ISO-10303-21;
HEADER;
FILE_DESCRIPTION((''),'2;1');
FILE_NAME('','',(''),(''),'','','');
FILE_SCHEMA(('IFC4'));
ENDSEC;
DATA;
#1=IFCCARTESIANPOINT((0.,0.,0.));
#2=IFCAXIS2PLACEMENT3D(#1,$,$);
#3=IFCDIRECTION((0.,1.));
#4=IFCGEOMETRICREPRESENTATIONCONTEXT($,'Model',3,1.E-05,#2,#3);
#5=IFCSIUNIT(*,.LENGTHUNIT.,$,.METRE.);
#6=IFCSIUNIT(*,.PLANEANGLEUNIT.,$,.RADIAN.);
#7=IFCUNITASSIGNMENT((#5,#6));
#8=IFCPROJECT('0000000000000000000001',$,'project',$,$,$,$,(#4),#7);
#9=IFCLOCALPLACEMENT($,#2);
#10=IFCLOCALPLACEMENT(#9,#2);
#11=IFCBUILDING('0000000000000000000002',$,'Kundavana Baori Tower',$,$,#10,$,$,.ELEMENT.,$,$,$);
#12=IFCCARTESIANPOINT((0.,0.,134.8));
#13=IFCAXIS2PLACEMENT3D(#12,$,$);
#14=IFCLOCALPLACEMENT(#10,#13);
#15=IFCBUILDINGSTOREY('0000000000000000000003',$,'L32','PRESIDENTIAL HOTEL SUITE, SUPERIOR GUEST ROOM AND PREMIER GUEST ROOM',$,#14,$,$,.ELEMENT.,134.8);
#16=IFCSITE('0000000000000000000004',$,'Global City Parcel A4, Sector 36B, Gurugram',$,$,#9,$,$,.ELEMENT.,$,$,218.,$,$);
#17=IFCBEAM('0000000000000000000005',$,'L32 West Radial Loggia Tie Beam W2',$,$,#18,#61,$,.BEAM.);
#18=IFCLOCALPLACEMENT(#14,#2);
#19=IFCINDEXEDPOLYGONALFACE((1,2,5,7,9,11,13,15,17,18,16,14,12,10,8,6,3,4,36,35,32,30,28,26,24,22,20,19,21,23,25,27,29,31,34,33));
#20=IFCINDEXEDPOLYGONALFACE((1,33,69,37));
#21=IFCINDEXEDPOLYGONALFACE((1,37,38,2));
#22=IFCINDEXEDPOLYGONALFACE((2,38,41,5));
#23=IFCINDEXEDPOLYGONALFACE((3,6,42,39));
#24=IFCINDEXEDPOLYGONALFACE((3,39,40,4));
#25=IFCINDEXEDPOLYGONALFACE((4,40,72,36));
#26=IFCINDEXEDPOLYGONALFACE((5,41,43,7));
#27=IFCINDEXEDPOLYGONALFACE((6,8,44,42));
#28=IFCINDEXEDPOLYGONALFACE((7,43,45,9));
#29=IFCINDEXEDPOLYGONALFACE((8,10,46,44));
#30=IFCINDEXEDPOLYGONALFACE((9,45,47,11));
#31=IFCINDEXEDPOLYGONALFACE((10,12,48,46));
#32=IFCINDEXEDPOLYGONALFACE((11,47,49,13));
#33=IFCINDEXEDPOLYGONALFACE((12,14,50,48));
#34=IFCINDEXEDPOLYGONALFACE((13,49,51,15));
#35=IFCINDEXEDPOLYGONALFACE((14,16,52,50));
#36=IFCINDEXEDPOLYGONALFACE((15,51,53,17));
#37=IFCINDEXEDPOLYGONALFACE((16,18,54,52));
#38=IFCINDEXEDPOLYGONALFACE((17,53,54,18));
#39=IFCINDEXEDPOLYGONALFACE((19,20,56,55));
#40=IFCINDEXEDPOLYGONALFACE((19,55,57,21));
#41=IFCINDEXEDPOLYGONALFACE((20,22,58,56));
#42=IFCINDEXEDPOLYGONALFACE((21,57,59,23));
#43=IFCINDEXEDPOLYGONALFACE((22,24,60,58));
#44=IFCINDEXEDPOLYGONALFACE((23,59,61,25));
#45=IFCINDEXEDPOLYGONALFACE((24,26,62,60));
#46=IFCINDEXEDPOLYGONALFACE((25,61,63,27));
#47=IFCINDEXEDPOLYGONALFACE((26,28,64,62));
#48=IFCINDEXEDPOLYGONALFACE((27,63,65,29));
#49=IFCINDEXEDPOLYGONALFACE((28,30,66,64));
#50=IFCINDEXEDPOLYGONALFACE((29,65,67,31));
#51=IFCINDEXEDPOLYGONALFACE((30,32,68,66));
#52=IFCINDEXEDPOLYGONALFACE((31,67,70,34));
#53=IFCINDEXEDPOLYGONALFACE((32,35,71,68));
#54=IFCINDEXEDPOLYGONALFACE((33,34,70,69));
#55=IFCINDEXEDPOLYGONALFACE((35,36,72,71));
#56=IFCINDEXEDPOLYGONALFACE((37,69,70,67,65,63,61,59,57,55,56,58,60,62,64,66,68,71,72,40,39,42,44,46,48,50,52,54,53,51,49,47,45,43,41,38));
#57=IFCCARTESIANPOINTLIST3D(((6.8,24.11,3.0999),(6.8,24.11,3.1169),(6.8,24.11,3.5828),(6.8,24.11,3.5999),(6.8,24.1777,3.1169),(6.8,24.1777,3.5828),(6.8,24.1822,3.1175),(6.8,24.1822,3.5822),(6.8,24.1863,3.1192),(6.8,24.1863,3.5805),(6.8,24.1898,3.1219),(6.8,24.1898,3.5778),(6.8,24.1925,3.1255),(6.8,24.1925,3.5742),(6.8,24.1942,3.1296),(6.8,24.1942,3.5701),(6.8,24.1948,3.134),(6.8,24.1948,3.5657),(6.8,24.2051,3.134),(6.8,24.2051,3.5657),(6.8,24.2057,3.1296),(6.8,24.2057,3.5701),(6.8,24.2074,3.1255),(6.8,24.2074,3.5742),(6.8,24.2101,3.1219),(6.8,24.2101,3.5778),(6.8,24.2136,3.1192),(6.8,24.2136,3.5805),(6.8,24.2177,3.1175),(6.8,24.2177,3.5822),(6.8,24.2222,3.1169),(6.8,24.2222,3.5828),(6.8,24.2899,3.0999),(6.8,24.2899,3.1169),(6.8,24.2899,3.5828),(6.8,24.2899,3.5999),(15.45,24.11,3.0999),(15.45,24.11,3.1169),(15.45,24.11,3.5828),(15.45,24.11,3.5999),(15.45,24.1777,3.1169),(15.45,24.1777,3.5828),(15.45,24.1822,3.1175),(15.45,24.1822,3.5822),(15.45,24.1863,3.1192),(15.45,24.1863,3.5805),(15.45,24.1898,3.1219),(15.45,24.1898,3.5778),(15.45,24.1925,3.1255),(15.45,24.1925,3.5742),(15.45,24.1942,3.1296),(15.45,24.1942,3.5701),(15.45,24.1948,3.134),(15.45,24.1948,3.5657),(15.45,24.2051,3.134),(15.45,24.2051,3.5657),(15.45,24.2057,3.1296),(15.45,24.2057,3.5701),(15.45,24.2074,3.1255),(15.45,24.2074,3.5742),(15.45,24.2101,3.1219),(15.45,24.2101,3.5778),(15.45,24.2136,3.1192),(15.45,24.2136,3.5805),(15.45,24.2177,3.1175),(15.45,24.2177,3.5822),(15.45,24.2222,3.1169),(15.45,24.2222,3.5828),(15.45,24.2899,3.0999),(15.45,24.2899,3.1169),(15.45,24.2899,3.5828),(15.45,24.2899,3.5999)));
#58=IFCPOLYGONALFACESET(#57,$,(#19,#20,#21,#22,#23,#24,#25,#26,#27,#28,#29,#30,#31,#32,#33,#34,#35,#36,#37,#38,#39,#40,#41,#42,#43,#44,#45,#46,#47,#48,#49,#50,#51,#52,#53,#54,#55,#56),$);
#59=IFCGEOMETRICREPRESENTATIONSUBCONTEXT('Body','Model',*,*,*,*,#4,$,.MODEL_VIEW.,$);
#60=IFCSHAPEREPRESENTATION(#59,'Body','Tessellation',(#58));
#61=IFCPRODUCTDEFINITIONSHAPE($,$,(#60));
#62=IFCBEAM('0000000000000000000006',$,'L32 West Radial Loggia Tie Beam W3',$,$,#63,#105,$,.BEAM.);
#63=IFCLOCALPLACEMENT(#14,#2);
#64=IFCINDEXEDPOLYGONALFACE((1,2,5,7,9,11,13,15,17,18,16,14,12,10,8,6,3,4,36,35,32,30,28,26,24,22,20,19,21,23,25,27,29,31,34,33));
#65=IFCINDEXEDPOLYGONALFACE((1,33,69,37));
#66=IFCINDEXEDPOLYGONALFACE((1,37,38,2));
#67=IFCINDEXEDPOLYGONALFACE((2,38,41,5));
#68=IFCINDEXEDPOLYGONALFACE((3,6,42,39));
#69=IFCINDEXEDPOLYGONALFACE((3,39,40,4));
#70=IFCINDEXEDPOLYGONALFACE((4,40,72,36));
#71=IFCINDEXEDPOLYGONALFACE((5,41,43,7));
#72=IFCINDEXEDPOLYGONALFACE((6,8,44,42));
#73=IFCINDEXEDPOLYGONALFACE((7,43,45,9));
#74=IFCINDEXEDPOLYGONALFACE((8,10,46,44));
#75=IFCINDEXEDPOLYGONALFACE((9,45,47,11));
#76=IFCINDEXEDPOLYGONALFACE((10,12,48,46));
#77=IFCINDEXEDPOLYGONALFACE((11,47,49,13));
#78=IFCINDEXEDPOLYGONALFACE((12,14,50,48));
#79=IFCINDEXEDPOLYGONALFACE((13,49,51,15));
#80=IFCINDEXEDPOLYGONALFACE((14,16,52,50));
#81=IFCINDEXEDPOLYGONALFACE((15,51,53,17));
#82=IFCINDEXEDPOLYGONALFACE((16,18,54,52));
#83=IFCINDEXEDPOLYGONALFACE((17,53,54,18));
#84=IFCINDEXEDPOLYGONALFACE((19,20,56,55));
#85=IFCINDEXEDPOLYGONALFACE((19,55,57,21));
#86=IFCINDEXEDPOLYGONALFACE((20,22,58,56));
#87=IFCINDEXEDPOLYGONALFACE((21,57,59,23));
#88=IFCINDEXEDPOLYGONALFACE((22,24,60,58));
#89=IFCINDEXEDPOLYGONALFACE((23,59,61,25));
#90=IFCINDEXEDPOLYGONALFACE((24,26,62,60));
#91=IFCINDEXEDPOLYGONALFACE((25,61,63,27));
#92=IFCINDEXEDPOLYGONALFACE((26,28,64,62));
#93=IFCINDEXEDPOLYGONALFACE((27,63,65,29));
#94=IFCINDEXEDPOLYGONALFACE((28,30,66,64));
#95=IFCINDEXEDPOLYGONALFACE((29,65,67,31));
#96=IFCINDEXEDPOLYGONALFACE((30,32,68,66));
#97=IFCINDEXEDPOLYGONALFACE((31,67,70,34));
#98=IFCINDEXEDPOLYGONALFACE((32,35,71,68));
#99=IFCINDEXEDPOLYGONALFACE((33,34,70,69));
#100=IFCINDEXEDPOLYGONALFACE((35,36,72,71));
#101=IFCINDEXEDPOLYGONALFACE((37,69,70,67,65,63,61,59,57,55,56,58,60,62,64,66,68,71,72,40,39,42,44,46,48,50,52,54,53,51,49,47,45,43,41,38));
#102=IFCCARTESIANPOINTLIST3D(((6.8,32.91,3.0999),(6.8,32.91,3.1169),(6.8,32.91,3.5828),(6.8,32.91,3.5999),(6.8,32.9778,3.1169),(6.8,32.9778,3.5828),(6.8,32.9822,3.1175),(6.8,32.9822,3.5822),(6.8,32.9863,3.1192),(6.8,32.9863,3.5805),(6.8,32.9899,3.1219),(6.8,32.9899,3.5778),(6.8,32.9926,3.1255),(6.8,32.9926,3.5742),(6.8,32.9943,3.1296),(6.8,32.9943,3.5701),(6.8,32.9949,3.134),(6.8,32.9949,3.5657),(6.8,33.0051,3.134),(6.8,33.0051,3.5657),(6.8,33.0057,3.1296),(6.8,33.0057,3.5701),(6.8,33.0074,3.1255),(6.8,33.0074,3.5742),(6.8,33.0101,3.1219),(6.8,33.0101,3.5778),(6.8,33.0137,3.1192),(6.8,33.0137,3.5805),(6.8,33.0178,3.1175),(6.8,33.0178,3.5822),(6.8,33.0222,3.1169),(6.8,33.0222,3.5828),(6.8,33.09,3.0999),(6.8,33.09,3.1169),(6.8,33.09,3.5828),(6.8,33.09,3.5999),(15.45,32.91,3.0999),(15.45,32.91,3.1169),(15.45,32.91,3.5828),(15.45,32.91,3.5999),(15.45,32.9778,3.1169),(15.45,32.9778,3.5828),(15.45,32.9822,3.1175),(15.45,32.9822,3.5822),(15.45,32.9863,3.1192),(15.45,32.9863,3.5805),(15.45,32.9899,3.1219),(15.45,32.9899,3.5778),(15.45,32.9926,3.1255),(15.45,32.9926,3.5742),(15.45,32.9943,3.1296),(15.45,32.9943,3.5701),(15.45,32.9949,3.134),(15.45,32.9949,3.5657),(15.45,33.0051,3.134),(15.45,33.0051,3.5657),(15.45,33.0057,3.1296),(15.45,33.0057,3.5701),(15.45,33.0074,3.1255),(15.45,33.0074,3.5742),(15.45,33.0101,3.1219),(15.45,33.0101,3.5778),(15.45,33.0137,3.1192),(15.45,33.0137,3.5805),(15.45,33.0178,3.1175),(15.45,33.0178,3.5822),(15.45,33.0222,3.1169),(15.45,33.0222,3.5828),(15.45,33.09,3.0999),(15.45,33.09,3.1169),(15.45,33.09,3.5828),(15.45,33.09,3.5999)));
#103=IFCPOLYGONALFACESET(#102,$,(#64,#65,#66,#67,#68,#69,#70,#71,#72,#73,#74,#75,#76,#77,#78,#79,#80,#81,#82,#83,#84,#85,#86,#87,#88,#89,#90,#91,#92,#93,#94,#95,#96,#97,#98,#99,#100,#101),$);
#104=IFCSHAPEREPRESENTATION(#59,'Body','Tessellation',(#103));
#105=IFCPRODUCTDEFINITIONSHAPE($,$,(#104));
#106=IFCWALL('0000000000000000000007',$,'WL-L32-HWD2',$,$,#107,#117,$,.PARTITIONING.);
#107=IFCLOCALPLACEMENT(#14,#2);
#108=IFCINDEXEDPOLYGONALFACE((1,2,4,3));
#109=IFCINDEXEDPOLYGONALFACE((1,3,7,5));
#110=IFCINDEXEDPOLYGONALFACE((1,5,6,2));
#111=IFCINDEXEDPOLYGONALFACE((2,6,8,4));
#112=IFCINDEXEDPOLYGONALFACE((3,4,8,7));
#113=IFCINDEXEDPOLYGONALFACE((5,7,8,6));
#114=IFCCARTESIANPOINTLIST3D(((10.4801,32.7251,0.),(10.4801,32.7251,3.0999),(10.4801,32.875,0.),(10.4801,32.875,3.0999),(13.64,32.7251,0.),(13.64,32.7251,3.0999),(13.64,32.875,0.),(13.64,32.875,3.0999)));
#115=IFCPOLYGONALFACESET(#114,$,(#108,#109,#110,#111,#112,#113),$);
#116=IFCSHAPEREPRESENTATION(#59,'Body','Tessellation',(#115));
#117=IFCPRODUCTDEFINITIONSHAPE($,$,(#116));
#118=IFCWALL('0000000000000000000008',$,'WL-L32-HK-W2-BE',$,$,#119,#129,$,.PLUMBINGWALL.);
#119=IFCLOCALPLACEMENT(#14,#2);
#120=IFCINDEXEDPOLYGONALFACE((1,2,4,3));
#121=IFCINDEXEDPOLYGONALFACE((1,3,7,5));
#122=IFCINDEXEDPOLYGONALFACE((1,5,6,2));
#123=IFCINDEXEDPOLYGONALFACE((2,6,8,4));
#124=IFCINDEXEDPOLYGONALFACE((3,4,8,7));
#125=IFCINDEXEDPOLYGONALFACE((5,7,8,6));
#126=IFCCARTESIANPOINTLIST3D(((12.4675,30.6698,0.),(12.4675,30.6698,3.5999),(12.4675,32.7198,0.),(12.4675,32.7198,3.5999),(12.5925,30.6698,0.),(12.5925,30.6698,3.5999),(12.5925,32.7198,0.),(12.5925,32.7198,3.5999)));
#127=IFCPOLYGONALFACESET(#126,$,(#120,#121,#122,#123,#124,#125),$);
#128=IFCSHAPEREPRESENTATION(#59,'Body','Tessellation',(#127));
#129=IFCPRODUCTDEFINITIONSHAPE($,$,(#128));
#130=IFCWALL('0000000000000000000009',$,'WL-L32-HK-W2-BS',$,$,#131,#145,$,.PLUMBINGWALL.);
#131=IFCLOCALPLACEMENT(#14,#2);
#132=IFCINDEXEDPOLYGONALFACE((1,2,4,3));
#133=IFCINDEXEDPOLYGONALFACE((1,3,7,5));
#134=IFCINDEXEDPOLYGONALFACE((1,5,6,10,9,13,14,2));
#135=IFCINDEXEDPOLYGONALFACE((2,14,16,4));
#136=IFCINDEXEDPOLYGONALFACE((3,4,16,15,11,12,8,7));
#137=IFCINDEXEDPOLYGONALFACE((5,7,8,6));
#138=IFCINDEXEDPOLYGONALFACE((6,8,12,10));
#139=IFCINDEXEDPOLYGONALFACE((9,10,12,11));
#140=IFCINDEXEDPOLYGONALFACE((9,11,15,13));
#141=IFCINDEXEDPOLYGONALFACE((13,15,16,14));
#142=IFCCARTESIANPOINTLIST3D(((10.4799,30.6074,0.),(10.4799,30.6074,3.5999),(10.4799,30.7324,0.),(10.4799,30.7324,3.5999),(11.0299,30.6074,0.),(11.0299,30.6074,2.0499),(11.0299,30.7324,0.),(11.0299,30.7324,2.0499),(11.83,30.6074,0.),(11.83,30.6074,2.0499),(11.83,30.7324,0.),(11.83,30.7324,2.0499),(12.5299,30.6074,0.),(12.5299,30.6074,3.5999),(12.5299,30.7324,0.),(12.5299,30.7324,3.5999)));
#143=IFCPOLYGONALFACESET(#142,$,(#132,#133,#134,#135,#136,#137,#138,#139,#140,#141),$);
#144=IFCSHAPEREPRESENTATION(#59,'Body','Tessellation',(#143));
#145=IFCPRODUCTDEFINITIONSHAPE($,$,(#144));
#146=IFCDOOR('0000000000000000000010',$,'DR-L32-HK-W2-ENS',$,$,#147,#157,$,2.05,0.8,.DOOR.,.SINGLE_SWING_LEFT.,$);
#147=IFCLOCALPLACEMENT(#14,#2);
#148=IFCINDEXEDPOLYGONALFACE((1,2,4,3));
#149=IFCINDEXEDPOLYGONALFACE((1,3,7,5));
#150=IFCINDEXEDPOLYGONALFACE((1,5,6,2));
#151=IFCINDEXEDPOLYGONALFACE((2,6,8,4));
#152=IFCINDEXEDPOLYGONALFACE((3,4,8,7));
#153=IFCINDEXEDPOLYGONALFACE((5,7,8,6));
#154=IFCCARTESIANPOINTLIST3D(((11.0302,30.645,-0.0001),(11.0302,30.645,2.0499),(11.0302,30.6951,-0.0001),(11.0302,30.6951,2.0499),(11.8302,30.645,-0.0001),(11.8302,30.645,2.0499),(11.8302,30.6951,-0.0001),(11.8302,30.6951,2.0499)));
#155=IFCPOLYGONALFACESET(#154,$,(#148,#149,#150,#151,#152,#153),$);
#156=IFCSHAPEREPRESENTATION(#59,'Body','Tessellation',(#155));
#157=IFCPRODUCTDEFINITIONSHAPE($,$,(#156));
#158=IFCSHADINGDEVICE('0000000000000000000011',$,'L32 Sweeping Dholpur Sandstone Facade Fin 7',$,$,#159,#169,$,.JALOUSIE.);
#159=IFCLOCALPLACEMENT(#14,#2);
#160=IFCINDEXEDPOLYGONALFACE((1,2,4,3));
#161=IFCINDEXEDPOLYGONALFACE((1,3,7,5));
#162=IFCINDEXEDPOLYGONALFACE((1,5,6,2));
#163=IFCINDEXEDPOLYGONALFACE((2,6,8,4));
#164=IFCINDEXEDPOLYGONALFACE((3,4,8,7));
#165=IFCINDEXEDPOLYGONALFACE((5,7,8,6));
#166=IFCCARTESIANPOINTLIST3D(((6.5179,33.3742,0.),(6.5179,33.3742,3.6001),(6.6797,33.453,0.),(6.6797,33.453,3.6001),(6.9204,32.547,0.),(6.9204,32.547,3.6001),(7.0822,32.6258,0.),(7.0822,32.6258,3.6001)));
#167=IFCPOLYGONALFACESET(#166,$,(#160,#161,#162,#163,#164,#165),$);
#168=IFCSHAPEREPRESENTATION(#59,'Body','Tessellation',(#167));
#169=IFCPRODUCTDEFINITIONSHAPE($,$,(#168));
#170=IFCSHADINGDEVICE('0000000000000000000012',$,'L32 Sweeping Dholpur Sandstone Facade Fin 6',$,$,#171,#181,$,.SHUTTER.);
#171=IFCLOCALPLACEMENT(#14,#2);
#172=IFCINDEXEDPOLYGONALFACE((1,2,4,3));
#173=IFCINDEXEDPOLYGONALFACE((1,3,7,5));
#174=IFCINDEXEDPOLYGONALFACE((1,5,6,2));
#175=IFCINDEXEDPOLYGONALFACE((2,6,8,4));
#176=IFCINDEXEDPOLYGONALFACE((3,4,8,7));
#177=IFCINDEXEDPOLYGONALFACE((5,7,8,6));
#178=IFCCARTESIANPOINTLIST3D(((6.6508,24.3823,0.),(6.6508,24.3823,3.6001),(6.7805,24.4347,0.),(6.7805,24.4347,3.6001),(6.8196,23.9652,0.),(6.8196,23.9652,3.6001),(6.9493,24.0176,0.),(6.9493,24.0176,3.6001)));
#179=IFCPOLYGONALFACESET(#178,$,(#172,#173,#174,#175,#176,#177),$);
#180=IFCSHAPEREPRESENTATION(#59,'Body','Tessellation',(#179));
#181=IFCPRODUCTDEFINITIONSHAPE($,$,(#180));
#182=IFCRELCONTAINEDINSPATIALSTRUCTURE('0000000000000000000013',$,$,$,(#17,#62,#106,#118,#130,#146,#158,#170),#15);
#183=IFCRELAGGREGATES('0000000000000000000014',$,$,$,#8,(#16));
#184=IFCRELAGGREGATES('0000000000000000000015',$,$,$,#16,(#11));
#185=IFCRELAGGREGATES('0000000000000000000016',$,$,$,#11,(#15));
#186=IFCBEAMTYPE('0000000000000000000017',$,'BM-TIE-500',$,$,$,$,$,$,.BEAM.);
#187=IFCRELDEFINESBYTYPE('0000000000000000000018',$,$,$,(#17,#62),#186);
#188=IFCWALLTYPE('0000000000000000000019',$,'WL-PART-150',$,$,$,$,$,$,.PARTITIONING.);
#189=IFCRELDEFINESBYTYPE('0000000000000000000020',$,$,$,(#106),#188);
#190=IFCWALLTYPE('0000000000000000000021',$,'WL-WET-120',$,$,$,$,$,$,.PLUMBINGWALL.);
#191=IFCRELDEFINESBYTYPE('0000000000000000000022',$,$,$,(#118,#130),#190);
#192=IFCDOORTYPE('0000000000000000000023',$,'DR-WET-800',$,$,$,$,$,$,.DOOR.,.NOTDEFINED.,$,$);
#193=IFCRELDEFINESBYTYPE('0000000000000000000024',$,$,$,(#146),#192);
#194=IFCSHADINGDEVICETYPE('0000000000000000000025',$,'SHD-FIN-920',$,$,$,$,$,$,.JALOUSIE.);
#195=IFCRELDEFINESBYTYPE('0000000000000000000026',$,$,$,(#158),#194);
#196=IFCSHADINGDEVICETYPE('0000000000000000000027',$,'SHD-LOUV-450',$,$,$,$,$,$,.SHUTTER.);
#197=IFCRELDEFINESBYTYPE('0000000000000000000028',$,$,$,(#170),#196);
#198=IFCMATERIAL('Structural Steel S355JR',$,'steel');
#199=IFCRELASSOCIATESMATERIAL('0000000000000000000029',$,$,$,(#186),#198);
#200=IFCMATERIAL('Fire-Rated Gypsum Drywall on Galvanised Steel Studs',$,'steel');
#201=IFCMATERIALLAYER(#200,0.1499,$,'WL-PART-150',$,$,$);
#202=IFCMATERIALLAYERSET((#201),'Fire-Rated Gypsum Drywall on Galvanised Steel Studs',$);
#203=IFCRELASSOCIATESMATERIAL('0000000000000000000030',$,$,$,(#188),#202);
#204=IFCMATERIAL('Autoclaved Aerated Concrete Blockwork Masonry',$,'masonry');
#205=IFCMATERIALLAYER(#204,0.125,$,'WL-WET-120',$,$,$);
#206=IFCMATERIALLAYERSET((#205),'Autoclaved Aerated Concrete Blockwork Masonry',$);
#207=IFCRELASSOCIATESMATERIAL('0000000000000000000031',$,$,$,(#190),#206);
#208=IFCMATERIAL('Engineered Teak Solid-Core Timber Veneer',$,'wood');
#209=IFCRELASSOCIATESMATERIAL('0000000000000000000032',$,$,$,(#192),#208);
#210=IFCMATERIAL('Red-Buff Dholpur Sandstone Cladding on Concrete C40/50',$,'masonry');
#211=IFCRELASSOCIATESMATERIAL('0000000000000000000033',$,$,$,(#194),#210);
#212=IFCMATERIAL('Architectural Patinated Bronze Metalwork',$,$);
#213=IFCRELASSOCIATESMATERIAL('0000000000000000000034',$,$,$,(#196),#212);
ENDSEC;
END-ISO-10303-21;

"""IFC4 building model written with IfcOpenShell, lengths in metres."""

from ifc_helpers import new_model, si_unit, direction, frame, frame_2d, origin, origin_2d, place, context, subcontext, project, spatial, rectangle, i_section, extrude, material, layer, layer_set, material_profile, profile_set, type_object, element, fill, save


model = new_model("IFC4")

# Units and contexts
model_context = context("Model", 3, precision=1e-05, world=origin(), true_north=direction((0.0, 1.0)))
body_context = subcontext(model_context, "Body", "Model", "MODEL_VIEW")
ifc_project = project(units=[si_unit("LENGTHUNIT", "METRE"), si_unit("PLANEANGLEUNIT", "RADIAN")], contexts=[model_context])

# Site, building, storey
site_placement = place(None, origin())
site = spatial("IfcSite", under=ifc_project, at=site_placement, Name="Global City Parcel A4, Sector 36B, Gurugram", CompositionType="ELEMENT", RefElevation=218.0)
building_placement = place(site_placement, origin())
building = spatial("IfcBuilding", under=site, at=building_placement, Name="Kundavana Baori Tower", CompositionType="ELEMENT")
storey_placement = place(building_placement, frame((0.0, 0.0, 134.8)))
storey = spatial("IfcBuildingStorey", under=building, at=storey_placement, Name="L32", Description="PRESIDENTIAL HOTEL SUITE, SUPERIOR GUEST ROOM AND PREMIER GUEST ROOM", CompositionType="ELEMENT", Elevation=134.8)

# Beams
ifc_material_1 = material(Name="Structural Steel S355JR", Category="steel")
ifc_material_profile_1 = material_profile(ifc_material_1, i_section(OverallWidth=0.1799, OverallDepth=0.5, WebThickness=0.0103, FlangeThickness=0.0171, FilletRadius=0.0171, at=origin_2d()), Name="ISMB 500")
ifc_profile_set_1 = profile_set([ifc_material_profile_1], Name="Structural Steel S355JR")
beam_type_1 = type_object("IfcBeamType", Name="BM-TIE-500", PredefinedType="BEAM", material=ifc_profile_set_1)
for number, where, z_axis, x_axis, name in (
    (1, (15.45, 24.2, 3.3499), (-1.0, 0.0, 0.0), (0.0, -1.0, 0.0), "L32 West Radial Loggia Tie Beam W2"),
    (2, (15.45, 33.0, 3.3499), (-1.0, 0.0, 0.0), (0.0, -1.0, 0.0), "L32 West Radial Loggia Tie Beam W3"),
):
    element("IfcBeam", number, at=place(storey_placement, frame(where, z_axis=z_axis, x_axis=x_axis)), inside=storey, type_object=beam_type_1, Name=name, PredefinedType="BEAM", context=body_context, shape_type="SweptSolid", body=[
        extrude(i_section(OverallWidth=0.1799, OverallDepth=0.5, WebThickness=0.0103, FlangeThickness=0.0171, FilletRadius=0.0171, at=origin_2d()), origin(), (0.0, 0.0, 1.0), 8.6499),
    ])

# Walls
ifc_material_2 = material(Name="Fire-Rated Gypsum Drywall on Galvanised Steel Studs", Category="steel")
ifc_layer_1 = layer(ifc_material_2, 0.1499, Name="WL-PART-150")
ifc_layer_set_1 = layer_set([ifc_layer_1], Name="Fire-Rated Gypsum Drywall on Galvanised Steel Studs")
wall_type_1 = type_object("IfcWallType", Name="WL-PART-150", PredefinedType="PARTITIONING", material=ifc_layer_set_1)
wall_1_placement = place(storey_placement, frame((10.48, 32.8, 0.0), z_axis=(0.0, 0.0, 1.0), x_axis=(1.0, 0.0, 0.0)))
element("IfcWall", 3, at=wall_1_placement, inside=storey, type_object=wall_type_1, Name="WL-L32-HWD2", PredefinedType="PARTITIONING", context=body_context, shape_type="SweptSolid", body=[
    extrude(rectangle(XDim=3.1599, YDim=0.1499, at=frame_2d((1.5801, 0.0))), origin(), (0.0, 0.0, 1.0), 3.0999),
])
ifc_material_3 = material(Name="Autoclaved Aerated Concrete Blockwork Masonry", Category="masonry")
ifc_layer_2 = layer(ifc_material_3, 0.125, Name="WL-WET-120")
ifc_layer_set_2 = layer_set([ifc_layer_2], Name="Autoclaved Aerated Concrete Blockwork Masonry")
wall_type_2 = type_object("IfcWallType", Name="WL-WET-120", PredefinedType="PLUMBINGWALL", material=ifc_layer_set_2)
wall_2_placement = place(storey_placement, frame((12.53, 30.6699, 0.0), z_axis=(0.0, 0.0, 1.0), x_axis=(0.0, 1.0, 0.0)))
element("IfcWall", 4, at=wall_2_placement, inside=storey, type_object=wall_type_2, Name="WL-L32-HK-W2-BE", PredefinedType="PLUMBINGWALL", context=body_context, shape_type="SweptSolid", body=[
    extrude(rectangle(XDim=2.05, YDim=0.125, at=frame_2d((1.0249, 0.0))), origin(), (0.0, 0.0, 1.0), 3.5999),
])

# Wall, opening, door
wall_3_placement = place(storey_placement, frame((10.48, 30.6699, 0.0), z_axis=(0.0, 0.0, 1.0), x_axis=(1.0, 0.0, 0.0)))
wall_3 = element("IfcWall", 5, at=wall_3_placement, inside=storey, type_object=wall_type_2, Name="WL-L32-HK-W2-BS", PredefinedType="PLUMBINGWALL", context=body_context, shape_type="SweptSolid", body=[
    extrude(rectangle(XDim=2.05, YDim=0.125, at=frame_2d((1.0249, 0.0))), origin(), (0.0, 0.0, 1.0), 3.5999),
])
opening_placement = place(wall_3_placement, frame((0.55, 0.0, 0.0)))
opening = element("IfcOpeningElement", 6, at=opening_placement, cuts=wall_3, PredefinedType="OPENING", context=body_context, shape_type="SweptSolid", body=[
    extrude(rectangle(XDim=0.8, YDim=2.05, at=frame_2d((0.3999, 1.0249))), frame((0.0, 0.0725, 0.0), z_axis=(0.0, -1.0, 0.0), x_axis=(1.0, 0.0, 0.0)), (0.0, 0.0, 1.0), 0.145),
])
ifc_material_4 = material(Name="Engineered Teak Solid-Core Timber Veneer", Category="wood")
door_type = type_object("IfcDoorType", Name="DR-WET-800", OperationType="NOTDEFINED", PredefinedType="DOOR", material=ifc_material_4)
door_placement = place(opening_placement, frame((0.8, 0.0, 0.0), z_axis=(0.0, 0.0, 1.0), x_axis=(-1.0, 0.0, 0.0)))
door = element("IfcDoor", 7, at=door_placement, inside=storey, type_object=door_type, Name="DR-L32-HK-W2-ENS", OperationType="SINGLE_SWING_LEFT", OverallHeight=2.05, OverallWidth=0.8, PredefinedType="DOOR", context=body_context, shape_type="SweptSolid", body=[
    extrude(rectangle(XDim=0.8, YDim=2.05, at=frame_2d((0.3999, 1.0249))), frame((0.0, 0.0249, 0.0), z_axis=(0.0, -1.0, 0.0), x_axis=(1.0, 0.0, 0.0)), (0.0, 0.0, 1.0), 0.05),
])
fill(opening, door)

# Shading devices
ifc_material_5 = material(Name="Red-Buff Dholpur Sandstone Cladding on Concrete C40/50", Category="masonry")
shading_device_type_1 = type_object("IfcShadingDeviceType", Name="SHD-FIN-920", PredefinedType="JALOUSIE", material=ifc_material_5)
shading_device_1_placement = place(storey_placement, frame((6.8, 33.0, 0.0), z_axis=(0.0, 0.0, 1.0), x_axis=(0.899176, 0.437587, 0.0)))
element("IfcShadingDevice", 8, at=shading_device_1_placement, inside=storey, type_object=shading_device_type_1, Name="L32 Sweeping Dholpur Sandstone Facade Fin 7", PredefinedType="JALOUSIE", context=body_context, shape_type="SweptSolid", body=[
    extrude(rectangle(XDim=0.1799, YDim=0.9199, at=origin_2d()), origin(), (0.0, 0.0, 1.0), 3.6001),
])
ifc_material_6 = material(Name="Architectural Patinated Bronze Metalwork")
shading_device_type_2 = type_object("IfcShadingDeviceType", Name="SHD-LOUV-450", PredefinedType="SHUTTER", material=ifc_material_6)
shading_device_2_placement = place(storey_placement, frame((6.8, 24.2, 0.0), z_axis=(0.0, 0.0, 1.0), x_axis=(0.926988, 0.375092, 0.0)))
element("IfcShadingDevice", 9, at=shading_device_2_placement, inside=storey, type_object=shading_device_type_2, Name="L32 Sweeping Dholpur Sandstone Facade Fin 6", PredefinedType="SHUTTER", context=body_context, shape_type="SweptSolid", body=[
    extrude(rectangle(XDim=0.1399, YDim=0.45, at=origin_2d()), origin(), (0.0, 0.0, 1.0), 3.6001),
])

save(model, "model.ifc")
